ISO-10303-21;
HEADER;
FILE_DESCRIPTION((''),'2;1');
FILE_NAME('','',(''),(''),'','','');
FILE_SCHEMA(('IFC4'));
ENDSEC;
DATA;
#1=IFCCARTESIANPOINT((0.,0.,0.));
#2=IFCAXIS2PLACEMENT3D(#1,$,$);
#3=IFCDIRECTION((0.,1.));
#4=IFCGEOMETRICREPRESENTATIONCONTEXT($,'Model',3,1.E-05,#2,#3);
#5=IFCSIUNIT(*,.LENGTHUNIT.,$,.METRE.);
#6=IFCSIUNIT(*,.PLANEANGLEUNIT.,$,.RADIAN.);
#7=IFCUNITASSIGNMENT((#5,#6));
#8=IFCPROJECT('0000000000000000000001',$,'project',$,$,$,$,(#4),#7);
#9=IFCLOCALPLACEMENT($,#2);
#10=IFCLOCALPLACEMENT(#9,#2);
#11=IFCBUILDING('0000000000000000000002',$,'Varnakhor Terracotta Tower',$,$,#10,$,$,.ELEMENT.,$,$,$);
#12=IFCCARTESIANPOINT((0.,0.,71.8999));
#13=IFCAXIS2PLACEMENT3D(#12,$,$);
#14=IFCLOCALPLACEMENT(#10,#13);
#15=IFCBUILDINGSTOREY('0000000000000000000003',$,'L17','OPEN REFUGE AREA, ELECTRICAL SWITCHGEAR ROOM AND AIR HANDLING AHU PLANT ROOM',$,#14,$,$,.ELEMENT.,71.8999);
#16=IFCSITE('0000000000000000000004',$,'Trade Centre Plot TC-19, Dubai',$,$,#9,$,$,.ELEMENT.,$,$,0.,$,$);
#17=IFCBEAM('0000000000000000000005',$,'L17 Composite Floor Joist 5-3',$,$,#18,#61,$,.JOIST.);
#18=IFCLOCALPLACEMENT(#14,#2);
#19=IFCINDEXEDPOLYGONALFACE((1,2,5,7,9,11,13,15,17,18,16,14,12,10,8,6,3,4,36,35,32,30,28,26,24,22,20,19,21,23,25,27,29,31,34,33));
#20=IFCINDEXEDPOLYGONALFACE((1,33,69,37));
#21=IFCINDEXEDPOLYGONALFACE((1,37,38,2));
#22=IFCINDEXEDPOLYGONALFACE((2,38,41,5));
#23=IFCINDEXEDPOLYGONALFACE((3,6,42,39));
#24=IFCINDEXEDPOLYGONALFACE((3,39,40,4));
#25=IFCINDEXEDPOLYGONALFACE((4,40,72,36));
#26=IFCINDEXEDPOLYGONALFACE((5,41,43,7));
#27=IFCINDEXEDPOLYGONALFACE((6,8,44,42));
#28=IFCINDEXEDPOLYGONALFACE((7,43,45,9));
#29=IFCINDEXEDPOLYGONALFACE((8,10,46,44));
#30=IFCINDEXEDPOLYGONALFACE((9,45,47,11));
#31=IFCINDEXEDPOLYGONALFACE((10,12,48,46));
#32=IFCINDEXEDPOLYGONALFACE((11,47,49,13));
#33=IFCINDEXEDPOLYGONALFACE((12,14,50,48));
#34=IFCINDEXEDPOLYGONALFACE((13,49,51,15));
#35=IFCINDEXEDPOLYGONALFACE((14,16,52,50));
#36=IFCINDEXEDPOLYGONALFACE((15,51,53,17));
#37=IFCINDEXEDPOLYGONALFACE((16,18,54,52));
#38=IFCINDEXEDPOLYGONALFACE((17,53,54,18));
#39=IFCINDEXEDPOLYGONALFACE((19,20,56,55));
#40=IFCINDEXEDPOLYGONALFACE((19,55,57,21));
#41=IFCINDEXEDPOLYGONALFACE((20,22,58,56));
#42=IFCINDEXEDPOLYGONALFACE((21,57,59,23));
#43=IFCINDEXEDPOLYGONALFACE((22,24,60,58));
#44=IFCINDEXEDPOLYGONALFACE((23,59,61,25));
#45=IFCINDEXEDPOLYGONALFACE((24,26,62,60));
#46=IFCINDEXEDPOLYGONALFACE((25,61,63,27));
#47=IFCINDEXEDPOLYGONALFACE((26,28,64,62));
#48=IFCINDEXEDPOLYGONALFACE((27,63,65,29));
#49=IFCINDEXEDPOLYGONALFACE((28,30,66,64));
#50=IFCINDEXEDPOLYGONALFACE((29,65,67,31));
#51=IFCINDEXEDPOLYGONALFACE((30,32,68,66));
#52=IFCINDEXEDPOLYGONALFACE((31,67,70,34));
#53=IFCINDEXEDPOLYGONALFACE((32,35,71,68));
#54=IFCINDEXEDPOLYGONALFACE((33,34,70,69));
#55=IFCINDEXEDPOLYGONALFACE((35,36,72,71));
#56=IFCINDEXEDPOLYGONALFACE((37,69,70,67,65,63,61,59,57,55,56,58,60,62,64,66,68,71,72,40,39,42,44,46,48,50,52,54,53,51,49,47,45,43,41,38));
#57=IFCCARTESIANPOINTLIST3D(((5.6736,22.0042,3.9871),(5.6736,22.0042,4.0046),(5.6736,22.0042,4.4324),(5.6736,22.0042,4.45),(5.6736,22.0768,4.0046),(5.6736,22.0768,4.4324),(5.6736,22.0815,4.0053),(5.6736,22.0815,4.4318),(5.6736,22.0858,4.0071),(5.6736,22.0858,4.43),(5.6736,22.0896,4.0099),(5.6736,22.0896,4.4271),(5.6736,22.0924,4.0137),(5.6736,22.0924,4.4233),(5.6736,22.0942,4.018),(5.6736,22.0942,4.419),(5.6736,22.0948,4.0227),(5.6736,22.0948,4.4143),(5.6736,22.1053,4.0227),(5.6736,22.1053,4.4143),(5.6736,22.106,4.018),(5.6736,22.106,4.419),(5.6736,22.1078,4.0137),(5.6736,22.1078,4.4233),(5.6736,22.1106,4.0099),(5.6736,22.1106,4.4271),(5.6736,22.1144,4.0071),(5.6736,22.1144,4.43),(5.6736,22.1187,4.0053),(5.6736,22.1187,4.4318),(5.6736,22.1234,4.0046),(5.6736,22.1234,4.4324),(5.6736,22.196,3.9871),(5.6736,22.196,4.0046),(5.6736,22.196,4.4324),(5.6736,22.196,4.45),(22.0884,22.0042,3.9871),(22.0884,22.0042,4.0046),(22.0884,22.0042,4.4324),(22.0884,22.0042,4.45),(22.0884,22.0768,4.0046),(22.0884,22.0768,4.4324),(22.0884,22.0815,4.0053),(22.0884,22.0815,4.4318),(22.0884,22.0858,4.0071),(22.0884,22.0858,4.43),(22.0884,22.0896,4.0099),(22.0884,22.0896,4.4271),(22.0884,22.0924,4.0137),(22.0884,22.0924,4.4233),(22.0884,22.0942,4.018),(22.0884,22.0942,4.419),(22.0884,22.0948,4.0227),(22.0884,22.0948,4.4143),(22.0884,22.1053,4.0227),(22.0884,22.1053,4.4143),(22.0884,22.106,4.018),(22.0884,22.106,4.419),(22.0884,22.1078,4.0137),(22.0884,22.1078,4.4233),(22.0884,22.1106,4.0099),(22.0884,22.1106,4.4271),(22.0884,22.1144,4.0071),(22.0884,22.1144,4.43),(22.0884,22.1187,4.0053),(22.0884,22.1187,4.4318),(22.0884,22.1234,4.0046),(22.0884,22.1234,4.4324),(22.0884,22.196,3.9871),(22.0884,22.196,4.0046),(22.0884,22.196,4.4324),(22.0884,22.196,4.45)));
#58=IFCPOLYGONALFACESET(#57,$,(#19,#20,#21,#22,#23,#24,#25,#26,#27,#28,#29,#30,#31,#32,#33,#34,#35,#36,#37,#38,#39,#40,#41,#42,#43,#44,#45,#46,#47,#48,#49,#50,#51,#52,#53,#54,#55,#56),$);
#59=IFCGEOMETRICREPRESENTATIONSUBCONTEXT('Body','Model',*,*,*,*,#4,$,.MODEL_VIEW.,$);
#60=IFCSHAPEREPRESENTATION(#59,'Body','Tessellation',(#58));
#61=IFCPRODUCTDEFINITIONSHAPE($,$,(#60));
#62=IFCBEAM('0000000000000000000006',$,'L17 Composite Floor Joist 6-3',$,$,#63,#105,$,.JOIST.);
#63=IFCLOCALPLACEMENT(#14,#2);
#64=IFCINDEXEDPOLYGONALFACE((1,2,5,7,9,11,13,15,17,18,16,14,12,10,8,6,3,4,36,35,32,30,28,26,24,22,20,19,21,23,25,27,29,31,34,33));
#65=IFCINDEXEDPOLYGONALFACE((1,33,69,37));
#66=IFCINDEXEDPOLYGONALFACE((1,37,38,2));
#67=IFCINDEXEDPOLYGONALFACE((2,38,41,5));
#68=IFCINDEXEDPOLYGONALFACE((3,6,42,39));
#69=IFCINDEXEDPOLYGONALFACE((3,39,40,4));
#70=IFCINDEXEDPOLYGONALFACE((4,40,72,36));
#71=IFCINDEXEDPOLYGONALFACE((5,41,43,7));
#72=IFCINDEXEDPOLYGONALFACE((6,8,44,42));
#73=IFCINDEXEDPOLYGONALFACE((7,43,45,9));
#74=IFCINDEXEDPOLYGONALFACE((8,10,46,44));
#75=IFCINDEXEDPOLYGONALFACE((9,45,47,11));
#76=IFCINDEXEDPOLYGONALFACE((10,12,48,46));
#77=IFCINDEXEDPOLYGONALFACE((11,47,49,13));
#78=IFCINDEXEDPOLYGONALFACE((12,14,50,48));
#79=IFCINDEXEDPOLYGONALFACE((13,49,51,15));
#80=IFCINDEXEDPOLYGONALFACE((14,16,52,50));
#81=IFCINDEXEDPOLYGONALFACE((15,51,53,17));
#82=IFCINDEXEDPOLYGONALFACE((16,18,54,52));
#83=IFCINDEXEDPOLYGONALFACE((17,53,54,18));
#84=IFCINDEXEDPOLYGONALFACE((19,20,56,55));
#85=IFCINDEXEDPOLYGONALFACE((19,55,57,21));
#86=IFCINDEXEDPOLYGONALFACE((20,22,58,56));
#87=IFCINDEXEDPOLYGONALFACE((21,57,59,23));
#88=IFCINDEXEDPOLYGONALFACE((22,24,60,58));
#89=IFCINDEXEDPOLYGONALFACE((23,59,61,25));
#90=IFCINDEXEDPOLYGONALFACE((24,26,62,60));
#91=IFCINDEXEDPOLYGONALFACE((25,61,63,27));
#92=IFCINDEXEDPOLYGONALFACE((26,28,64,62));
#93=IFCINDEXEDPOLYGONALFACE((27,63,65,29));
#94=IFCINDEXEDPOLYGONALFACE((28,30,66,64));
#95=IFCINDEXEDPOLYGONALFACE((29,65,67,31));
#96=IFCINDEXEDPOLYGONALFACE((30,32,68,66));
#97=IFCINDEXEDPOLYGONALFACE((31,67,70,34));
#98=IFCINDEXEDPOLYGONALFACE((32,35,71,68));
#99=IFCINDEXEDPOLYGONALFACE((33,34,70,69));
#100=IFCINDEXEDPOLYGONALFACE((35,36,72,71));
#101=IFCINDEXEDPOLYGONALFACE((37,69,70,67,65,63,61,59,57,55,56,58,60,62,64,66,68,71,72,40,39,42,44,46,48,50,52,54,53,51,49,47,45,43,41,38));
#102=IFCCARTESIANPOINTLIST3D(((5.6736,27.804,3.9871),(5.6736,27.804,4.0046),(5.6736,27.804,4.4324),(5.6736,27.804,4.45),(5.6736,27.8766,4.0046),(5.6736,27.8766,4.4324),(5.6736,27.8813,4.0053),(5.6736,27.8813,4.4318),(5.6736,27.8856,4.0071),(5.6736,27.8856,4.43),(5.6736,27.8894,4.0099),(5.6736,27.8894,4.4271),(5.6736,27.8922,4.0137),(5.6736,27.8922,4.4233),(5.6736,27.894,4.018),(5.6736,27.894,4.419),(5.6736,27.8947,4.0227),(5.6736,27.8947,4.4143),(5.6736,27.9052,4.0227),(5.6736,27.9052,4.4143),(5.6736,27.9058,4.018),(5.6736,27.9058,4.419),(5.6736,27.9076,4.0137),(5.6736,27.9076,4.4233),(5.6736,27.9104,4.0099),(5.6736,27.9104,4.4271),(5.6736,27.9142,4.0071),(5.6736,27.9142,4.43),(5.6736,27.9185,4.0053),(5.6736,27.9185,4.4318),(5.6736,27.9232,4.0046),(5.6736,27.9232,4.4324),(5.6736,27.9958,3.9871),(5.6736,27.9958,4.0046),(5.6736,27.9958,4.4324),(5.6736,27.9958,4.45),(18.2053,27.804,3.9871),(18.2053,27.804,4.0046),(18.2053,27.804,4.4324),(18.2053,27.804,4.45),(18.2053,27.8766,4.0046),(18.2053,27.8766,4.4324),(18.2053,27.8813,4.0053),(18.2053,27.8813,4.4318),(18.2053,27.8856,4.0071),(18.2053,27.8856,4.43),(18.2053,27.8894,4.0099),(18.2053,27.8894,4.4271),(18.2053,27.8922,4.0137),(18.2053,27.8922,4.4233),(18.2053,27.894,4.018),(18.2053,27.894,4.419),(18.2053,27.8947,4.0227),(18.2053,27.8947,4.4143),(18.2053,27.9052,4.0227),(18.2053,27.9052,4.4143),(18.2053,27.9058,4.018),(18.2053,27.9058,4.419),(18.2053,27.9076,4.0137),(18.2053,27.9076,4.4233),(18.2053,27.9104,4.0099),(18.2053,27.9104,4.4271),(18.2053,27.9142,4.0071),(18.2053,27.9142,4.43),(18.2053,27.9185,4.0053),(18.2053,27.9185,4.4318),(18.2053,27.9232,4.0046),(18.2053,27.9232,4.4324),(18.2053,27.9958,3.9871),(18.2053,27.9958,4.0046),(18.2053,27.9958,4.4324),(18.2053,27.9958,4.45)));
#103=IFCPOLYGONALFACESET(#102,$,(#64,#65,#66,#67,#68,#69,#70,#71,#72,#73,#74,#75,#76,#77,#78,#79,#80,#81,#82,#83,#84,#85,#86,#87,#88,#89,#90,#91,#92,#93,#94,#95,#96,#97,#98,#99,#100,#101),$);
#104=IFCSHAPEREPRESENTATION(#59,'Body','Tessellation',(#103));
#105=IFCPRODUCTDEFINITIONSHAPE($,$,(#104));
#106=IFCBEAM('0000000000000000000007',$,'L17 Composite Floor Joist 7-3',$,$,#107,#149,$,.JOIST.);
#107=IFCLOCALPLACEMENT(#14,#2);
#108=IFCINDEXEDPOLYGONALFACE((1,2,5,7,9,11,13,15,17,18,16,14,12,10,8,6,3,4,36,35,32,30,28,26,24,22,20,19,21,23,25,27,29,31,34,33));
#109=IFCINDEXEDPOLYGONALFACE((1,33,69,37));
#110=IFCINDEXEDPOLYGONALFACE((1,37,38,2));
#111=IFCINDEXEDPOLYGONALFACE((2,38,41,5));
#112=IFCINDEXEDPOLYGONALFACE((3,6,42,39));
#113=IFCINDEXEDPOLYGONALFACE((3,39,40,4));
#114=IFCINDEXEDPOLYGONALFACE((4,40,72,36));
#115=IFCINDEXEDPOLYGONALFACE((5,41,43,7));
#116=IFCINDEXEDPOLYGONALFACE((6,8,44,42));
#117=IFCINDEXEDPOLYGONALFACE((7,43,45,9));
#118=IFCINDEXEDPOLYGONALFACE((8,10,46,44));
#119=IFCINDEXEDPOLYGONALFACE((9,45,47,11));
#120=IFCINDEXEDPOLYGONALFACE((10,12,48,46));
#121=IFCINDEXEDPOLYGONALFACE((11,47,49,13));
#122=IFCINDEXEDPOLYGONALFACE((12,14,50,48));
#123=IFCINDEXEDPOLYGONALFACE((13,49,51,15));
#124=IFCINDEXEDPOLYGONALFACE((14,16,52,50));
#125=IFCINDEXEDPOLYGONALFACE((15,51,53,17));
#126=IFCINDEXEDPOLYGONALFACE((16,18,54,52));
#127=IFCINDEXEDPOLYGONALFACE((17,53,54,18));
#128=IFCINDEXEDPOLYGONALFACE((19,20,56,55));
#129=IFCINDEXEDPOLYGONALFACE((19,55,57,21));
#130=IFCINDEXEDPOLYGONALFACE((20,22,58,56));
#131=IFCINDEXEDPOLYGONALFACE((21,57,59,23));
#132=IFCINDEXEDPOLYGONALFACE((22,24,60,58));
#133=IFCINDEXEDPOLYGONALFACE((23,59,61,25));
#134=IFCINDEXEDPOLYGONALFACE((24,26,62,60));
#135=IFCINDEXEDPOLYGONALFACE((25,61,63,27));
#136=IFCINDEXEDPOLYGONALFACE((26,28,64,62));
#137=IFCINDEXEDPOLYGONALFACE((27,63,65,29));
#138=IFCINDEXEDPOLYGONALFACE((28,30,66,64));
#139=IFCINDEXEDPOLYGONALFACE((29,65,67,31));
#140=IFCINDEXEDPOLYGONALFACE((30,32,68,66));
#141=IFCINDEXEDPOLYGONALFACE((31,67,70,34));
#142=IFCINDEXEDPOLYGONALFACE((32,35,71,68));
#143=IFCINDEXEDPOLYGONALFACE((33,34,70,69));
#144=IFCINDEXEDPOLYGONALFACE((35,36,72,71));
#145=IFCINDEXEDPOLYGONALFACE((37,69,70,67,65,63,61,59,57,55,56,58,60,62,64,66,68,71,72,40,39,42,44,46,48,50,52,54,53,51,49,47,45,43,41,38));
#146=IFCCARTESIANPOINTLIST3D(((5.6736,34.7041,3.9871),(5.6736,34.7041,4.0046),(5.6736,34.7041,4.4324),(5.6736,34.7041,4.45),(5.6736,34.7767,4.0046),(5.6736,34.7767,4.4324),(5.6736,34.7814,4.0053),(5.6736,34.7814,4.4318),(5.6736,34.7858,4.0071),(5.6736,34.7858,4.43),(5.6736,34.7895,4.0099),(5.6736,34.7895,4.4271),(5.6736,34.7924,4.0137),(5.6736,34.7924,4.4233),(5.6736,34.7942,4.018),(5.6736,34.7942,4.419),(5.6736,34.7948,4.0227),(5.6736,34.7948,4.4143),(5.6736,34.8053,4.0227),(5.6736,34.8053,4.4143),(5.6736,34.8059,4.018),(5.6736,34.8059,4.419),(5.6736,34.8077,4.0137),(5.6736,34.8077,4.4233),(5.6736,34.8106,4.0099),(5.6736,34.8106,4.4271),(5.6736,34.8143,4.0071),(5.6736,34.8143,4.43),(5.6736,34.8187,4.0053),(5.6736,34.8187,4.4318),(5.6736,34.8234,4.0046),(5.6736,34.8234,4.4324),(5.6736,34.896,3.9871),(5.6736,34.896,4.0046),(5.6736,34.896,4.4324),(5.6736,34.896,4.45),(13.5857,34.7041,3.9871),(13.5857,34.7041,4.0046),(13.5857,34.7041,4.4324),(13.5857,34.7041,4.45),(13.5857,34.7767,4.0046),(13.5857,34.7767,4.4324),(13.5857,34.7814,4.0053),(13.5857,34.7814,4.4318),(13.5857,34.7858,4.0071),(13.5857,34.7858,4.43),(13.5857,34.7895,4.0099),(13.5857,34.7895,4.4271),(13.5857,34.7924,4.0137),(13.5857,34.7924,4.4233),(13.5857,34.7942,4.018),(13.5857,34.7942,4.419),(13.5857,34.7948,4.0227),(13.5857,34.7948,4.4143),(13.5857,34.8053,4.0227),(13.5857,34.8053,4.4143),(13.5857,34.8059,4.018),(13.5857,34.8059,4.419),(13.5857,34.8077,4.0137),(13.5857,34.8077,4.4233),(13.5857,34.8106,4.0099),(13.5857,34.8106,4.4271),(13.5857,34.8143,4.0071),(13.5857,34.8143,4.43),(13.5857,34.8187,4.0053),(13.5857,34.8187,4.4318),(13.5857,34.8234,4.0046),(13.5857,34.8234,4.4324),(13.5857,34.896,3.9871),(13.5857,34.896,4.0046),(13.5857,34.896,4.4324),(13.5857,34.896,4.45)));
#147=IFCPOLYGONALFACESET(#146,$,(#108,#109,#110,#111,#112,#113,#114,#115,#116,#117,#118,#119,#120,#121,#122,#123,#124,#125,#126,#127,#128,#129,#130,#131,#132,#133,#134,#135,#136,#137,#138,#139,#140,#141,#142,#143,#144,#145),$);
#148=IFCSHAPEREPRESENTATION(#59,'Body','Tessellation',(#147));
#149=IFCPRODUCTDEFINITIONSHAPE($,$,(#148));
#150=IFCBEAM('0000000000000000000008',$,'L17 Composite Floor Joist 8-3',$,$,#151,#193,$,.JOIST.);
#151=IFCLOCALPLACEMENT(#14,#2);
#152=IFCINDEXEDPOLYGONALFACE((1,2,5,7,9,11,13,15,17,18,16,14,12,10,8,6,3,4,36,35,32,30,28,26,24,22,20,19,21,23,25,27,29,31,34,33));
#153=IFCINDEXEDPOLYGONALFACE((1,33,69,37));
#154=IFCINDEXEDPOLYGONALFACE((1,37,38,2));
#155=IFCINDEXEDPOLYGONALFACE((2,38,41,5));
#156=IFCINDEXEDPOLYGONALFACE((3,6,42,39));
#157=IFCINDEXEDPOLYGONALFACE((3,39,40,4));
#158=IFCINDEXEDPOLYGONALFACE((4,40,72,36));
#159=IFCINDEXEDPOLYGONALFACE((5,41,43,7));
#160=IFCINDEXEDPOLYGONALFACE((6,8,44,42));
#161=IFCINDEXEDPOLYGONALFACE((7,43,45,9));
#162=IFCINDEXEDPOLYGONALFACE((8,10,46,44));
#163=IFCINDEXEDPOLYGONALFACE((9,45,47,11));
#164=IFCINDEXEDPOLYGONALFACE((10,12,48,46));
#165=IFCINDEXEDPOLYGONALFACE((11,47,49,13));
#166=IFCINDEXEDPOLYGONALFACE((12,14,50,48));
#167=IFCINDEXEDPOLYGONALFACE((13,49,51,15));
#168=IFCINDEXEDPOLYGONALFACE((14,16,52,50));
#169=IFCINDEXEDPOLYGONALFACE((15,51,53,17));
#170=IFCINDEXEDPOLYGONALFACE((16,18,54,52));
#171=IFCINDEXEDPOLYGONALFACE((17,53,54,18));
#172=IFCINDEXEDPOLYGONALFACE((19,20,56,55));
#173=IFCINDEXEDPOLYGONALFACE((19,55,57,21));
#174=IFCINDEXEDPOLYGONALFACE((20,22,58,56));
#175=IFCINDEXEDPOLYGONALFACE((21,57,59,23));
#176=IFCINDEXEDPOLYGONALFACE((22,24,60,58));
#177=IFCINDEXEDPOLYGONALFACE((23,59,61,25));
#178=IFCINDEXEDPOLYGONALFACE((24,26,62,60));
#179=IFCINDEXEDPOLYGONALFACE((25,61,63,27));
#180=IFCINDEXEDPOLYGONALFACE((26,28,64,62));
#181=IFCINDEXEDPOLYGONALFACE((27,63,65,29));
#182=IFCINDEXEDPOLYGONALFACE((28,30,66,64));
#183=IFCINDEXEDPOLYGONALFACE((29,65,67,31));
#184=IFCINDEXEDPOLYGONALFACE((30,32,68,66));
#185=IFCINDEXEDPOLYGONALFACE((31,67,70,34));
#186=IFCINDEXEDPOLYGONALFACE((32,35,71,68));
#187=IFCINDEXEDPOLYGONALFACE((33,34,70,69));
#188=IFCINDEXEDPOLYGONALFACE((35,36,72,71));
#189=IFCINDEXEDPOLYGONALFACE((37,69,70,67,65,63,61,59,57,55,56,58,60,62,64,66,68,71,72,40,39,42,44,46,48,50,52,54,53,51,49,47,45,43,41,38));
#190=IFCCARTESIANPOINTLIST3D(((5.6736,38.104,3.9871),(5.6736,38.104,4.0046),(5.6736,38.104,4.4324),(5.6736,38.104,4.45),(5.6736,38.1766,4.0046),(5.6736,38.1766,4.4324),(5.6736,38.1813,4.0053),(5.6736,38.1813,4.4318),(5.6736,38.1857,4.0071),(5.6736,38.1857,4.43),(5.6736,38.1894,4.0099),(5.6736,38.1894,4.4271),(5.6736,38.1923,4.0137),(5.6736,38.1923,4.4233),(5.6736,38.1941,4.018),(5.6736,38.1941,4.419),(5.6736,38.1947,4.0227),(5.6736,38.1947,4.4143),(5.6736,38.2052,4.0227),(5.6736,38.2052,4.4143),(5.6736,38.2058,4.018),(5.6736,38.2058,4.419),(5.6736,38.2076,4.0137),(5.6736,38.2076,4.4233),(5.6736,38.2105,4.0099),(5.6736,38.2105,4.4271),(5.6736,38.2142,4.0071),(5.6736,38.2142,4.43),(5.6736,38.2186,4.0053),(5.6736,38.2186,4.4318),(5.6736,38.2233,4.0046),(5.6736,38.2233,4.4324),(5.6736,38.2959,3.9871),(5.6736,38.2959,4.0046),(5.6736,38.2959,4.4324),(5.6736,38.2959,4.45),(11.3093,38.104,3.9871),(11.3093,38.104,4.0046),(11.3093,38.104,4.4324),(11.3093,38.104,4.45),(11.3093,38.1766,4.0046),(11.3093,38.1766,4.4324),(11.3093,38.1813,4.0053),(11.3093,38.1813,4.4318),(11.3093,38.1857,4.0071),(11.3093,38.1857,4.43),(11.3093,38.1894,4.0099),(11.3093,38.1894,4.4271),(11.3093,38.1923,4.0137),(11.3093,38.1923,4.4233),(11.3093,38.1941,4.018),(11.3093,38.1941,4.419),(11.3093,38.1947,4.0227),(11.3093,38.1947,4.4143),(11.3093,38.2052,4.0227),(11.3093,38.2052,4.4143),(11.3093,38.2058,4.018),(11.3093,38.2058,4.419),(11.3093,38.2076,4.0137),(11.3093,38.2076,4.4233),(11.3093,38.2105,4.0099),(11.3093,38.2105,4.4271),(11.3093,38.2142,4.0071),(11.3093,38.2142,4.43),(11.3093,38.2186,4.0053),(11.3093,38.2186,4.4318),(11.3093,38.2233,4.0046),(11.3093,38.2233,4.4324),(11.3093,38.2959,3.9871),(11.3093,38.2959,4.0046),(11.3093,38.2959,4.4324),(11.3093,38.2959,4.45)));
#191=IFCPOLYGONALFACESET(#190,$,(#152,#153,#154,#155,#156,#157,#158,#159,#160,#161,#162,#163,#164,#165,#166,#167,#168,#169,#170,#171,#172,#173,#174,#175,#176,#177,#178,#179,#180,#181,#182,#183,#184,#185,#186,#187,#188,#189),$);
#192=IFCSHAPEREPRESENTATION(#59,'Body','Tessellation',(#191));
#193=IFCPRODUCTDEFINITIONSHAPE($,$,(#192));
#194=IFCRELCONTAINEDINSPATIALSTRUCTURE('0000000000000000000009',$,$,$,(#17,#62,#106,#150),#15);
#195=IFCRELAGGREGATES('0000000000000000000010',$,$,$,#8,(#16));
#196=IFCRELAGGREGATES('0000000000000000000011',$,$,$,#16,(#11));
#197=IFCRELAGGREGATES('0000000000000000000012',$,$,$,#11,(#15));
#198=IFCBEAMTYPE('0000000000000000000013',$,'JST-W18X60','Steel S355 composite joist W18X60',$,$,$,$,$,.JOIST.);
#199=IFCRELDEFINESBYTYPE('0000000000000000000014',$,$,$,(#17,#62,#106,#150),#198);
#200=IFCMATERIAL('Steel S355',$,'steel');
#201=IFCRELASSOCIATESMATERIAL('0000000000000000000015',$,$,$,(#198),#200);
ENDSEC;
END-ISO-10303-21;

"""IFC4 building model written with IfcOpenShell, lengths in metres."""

from ifc_helpers import new_model, si_unit, direction, frame, origin, origin_2d, place, context, subcontext, project, spatial, i_section, extrude, source, transform, mapped, material, material_profile, profile_set, type_object, element, save


model = new_model("IFC4")

# Units and contexts
model_context = context("Model", 3, precision=1e-05, world=origin(), true_north=direction((0.0, 1.0)))
body_context = subcontext(model_context, "Body", "Model", "MODEL_VIEW")
ifc_project = project(units=[si_unit("LENGTHUNIT", "METRE"), si_unit("PLANEANGLEUNIT", "RADIAN")], contexts=[model_context])

# Site, building, storey
site_placement = place(None, origin())
site = spatial("IfcSite", under=ifc_project, at=site_placement, Name="Trade Centre Plot TC-19, Dubai", CompositionType="ELEMENT", RefElevation=0.0)
building_placement = place(site_placement, origin())
building = spatial("IfcBuilding", under=site, at=building_placement, Name="Varnakhor Terracotta Tower", CompositionType="ELEMENT")
storey_placement = place(building_placement, frame((0.0, 0.0, 71.8999)))
storey = spatial("IfcBuildingStorey", under=building, at=storey_placement, Name="L17", Description="OPEN REFUGE AREA, ELECTRICAL SWITCHGEAR ROOM AND AIR HANDLING AHU PLANT ROOM", CompositionType="ELEMENT", Elevation=71.8999)

# Beams
ifc_material_1 = material(Name="Steel S355", Category="steel")
ifc_material_profile_1 = material_profile(ifc_material_1, i_section(OverallWidth=0.1919, OverallDepth=0.4629, WebThickness=0.0105, FlangeThickness=0.0176, FilletRadius=0.0181, at=origin_2d()), Name="W18X60")
ifc_profile_set_1 = profile_set([ifc_material_profile_1], Name="Steel S355")
beam_type_1 = type_object("IfcBeamType", Name="JST-W18X60", Description="Steel S355 composite joist W18X60", PredefinedType="JOIST", material=ifc_profile_set_1)
shared_shape_1 = source(origin(), body_context, "Body", "SweptSolid", [
    extrude(i_section(OverallWidth=0.1919, OverallDepth=0.4629, WebThickness=0.0105, FlangeThickness=0.0176, FilletRadius=0.0181, at=origin_2d()), origin(), (0.0, 0.0, 1.0), 16.4148),
])
beam_1_placement = place(storey_placement, frame((5.6736, 22.1001, 4.2185), z_axis=(1.0, 0.0, 0.0), x_axis=(0.0, 1.0, 0.0)))
element("IfcBeam", 1, at=beam_1_placement, inside=storey, type_object=beam_type_1, Name="L17 Composite Floor Joist 5-3", PredefinedType="JOIST", context=body_context, shape_type="MappedRepresentation", body=[
    mapped(shared_shape_1, transform((0.0, 0.0, 0.0), scale=1.0)),
])
shared_shape_2 = source(origin(), body_context, "Body", "SweptSolid", [
    extrude(i_section(OverallWidth=0.1919, OverallDepth=0.4629, WebThickness=0.0105, FlangeThickness=0.0176, FilletRadius=0.0181, at=origin_2d()), origin(), (0.0, 0.0, 1.0), 12.5317),
])
beam_2_placement = place(storey_placement, frame((5.6736, 27.8999, 4.2185), z_axis=(1.0, 0.0, 0.0), x_axis=(0.0, 1.0, 0.0)))
element("IfcBeam", 2, at=beam_2_placement, inside=storey, type_object=beam_type_1, Name="L17 Composite Floor Joist 6-3", PredefinedType="JOIST", context=body_context, shape_type="MappedRepresentation", body=[
    mapped(shared_shape_2, transform((0.0, 0.0, 0.0), scale=1.0)),
])
shared_shape_3 = source(origin(), body_context, "Body", "SweptSolid", [
    extrude(i_section(OverallWidth=0.1919, OverallDepth=0.4629, WebThickness=0.0105, FlangeThickness=0.0176, FilletRadius=0.0181, at=origin_2d()), origin(), (0.0, 0.0, 1.0), 7.9121),
])
beam_3_placement = place(storey_placement, frame((5.6736, 34.8, 4.2185), z_axis=(1.0, 0.0, 0.0), x_axis=(0.0, 1.0, 0.0)))
element("IfcBeam", 3, at=beam_3_placement, inside=storey, type_object=beam_type_1, Name="L17 Composite Floor Joist 7-3", PredefinedType="JOIST", context=body_context, shape_type="MappedRepresentation", body=[
    mapped(shared_shape_3, transform((0.0, 0.0, 0.0), scale=1.0)),
])
shared_shape_4 = source(origin(), body_context, "Body", "SweptSolid", [
    extrude(i_section(OverallWidth=0.1919, OverallDepth=0.4629, WebThickness=0.0105, FlangeThickness=0.0176, FilletRadius=0.0181, at=origin_2d()), origin(), (0.0, 0.0, 1.0), 5.6357),
])
beam_4_placement = place(storey_placement, frame((5.6736, 38.2, 4.2185), z_axis=(1.0, 0.0, 0.0), x_axis=(0.0, 1.0, 0.0)))
element("IfcBeam", 4, at=beam_4_placement, inside=storey, type_object=beam_type_1, Name="L17 Composite Floor Joist 8-3", PredefinedType="JOIST", context=body_context, shape_type="MappedRepresentation", body=[
    mapped(shared_shape_4, transform((0.0, 0.0, 0.0), scale=1.0)),
])

save(model, "model.ifc")
